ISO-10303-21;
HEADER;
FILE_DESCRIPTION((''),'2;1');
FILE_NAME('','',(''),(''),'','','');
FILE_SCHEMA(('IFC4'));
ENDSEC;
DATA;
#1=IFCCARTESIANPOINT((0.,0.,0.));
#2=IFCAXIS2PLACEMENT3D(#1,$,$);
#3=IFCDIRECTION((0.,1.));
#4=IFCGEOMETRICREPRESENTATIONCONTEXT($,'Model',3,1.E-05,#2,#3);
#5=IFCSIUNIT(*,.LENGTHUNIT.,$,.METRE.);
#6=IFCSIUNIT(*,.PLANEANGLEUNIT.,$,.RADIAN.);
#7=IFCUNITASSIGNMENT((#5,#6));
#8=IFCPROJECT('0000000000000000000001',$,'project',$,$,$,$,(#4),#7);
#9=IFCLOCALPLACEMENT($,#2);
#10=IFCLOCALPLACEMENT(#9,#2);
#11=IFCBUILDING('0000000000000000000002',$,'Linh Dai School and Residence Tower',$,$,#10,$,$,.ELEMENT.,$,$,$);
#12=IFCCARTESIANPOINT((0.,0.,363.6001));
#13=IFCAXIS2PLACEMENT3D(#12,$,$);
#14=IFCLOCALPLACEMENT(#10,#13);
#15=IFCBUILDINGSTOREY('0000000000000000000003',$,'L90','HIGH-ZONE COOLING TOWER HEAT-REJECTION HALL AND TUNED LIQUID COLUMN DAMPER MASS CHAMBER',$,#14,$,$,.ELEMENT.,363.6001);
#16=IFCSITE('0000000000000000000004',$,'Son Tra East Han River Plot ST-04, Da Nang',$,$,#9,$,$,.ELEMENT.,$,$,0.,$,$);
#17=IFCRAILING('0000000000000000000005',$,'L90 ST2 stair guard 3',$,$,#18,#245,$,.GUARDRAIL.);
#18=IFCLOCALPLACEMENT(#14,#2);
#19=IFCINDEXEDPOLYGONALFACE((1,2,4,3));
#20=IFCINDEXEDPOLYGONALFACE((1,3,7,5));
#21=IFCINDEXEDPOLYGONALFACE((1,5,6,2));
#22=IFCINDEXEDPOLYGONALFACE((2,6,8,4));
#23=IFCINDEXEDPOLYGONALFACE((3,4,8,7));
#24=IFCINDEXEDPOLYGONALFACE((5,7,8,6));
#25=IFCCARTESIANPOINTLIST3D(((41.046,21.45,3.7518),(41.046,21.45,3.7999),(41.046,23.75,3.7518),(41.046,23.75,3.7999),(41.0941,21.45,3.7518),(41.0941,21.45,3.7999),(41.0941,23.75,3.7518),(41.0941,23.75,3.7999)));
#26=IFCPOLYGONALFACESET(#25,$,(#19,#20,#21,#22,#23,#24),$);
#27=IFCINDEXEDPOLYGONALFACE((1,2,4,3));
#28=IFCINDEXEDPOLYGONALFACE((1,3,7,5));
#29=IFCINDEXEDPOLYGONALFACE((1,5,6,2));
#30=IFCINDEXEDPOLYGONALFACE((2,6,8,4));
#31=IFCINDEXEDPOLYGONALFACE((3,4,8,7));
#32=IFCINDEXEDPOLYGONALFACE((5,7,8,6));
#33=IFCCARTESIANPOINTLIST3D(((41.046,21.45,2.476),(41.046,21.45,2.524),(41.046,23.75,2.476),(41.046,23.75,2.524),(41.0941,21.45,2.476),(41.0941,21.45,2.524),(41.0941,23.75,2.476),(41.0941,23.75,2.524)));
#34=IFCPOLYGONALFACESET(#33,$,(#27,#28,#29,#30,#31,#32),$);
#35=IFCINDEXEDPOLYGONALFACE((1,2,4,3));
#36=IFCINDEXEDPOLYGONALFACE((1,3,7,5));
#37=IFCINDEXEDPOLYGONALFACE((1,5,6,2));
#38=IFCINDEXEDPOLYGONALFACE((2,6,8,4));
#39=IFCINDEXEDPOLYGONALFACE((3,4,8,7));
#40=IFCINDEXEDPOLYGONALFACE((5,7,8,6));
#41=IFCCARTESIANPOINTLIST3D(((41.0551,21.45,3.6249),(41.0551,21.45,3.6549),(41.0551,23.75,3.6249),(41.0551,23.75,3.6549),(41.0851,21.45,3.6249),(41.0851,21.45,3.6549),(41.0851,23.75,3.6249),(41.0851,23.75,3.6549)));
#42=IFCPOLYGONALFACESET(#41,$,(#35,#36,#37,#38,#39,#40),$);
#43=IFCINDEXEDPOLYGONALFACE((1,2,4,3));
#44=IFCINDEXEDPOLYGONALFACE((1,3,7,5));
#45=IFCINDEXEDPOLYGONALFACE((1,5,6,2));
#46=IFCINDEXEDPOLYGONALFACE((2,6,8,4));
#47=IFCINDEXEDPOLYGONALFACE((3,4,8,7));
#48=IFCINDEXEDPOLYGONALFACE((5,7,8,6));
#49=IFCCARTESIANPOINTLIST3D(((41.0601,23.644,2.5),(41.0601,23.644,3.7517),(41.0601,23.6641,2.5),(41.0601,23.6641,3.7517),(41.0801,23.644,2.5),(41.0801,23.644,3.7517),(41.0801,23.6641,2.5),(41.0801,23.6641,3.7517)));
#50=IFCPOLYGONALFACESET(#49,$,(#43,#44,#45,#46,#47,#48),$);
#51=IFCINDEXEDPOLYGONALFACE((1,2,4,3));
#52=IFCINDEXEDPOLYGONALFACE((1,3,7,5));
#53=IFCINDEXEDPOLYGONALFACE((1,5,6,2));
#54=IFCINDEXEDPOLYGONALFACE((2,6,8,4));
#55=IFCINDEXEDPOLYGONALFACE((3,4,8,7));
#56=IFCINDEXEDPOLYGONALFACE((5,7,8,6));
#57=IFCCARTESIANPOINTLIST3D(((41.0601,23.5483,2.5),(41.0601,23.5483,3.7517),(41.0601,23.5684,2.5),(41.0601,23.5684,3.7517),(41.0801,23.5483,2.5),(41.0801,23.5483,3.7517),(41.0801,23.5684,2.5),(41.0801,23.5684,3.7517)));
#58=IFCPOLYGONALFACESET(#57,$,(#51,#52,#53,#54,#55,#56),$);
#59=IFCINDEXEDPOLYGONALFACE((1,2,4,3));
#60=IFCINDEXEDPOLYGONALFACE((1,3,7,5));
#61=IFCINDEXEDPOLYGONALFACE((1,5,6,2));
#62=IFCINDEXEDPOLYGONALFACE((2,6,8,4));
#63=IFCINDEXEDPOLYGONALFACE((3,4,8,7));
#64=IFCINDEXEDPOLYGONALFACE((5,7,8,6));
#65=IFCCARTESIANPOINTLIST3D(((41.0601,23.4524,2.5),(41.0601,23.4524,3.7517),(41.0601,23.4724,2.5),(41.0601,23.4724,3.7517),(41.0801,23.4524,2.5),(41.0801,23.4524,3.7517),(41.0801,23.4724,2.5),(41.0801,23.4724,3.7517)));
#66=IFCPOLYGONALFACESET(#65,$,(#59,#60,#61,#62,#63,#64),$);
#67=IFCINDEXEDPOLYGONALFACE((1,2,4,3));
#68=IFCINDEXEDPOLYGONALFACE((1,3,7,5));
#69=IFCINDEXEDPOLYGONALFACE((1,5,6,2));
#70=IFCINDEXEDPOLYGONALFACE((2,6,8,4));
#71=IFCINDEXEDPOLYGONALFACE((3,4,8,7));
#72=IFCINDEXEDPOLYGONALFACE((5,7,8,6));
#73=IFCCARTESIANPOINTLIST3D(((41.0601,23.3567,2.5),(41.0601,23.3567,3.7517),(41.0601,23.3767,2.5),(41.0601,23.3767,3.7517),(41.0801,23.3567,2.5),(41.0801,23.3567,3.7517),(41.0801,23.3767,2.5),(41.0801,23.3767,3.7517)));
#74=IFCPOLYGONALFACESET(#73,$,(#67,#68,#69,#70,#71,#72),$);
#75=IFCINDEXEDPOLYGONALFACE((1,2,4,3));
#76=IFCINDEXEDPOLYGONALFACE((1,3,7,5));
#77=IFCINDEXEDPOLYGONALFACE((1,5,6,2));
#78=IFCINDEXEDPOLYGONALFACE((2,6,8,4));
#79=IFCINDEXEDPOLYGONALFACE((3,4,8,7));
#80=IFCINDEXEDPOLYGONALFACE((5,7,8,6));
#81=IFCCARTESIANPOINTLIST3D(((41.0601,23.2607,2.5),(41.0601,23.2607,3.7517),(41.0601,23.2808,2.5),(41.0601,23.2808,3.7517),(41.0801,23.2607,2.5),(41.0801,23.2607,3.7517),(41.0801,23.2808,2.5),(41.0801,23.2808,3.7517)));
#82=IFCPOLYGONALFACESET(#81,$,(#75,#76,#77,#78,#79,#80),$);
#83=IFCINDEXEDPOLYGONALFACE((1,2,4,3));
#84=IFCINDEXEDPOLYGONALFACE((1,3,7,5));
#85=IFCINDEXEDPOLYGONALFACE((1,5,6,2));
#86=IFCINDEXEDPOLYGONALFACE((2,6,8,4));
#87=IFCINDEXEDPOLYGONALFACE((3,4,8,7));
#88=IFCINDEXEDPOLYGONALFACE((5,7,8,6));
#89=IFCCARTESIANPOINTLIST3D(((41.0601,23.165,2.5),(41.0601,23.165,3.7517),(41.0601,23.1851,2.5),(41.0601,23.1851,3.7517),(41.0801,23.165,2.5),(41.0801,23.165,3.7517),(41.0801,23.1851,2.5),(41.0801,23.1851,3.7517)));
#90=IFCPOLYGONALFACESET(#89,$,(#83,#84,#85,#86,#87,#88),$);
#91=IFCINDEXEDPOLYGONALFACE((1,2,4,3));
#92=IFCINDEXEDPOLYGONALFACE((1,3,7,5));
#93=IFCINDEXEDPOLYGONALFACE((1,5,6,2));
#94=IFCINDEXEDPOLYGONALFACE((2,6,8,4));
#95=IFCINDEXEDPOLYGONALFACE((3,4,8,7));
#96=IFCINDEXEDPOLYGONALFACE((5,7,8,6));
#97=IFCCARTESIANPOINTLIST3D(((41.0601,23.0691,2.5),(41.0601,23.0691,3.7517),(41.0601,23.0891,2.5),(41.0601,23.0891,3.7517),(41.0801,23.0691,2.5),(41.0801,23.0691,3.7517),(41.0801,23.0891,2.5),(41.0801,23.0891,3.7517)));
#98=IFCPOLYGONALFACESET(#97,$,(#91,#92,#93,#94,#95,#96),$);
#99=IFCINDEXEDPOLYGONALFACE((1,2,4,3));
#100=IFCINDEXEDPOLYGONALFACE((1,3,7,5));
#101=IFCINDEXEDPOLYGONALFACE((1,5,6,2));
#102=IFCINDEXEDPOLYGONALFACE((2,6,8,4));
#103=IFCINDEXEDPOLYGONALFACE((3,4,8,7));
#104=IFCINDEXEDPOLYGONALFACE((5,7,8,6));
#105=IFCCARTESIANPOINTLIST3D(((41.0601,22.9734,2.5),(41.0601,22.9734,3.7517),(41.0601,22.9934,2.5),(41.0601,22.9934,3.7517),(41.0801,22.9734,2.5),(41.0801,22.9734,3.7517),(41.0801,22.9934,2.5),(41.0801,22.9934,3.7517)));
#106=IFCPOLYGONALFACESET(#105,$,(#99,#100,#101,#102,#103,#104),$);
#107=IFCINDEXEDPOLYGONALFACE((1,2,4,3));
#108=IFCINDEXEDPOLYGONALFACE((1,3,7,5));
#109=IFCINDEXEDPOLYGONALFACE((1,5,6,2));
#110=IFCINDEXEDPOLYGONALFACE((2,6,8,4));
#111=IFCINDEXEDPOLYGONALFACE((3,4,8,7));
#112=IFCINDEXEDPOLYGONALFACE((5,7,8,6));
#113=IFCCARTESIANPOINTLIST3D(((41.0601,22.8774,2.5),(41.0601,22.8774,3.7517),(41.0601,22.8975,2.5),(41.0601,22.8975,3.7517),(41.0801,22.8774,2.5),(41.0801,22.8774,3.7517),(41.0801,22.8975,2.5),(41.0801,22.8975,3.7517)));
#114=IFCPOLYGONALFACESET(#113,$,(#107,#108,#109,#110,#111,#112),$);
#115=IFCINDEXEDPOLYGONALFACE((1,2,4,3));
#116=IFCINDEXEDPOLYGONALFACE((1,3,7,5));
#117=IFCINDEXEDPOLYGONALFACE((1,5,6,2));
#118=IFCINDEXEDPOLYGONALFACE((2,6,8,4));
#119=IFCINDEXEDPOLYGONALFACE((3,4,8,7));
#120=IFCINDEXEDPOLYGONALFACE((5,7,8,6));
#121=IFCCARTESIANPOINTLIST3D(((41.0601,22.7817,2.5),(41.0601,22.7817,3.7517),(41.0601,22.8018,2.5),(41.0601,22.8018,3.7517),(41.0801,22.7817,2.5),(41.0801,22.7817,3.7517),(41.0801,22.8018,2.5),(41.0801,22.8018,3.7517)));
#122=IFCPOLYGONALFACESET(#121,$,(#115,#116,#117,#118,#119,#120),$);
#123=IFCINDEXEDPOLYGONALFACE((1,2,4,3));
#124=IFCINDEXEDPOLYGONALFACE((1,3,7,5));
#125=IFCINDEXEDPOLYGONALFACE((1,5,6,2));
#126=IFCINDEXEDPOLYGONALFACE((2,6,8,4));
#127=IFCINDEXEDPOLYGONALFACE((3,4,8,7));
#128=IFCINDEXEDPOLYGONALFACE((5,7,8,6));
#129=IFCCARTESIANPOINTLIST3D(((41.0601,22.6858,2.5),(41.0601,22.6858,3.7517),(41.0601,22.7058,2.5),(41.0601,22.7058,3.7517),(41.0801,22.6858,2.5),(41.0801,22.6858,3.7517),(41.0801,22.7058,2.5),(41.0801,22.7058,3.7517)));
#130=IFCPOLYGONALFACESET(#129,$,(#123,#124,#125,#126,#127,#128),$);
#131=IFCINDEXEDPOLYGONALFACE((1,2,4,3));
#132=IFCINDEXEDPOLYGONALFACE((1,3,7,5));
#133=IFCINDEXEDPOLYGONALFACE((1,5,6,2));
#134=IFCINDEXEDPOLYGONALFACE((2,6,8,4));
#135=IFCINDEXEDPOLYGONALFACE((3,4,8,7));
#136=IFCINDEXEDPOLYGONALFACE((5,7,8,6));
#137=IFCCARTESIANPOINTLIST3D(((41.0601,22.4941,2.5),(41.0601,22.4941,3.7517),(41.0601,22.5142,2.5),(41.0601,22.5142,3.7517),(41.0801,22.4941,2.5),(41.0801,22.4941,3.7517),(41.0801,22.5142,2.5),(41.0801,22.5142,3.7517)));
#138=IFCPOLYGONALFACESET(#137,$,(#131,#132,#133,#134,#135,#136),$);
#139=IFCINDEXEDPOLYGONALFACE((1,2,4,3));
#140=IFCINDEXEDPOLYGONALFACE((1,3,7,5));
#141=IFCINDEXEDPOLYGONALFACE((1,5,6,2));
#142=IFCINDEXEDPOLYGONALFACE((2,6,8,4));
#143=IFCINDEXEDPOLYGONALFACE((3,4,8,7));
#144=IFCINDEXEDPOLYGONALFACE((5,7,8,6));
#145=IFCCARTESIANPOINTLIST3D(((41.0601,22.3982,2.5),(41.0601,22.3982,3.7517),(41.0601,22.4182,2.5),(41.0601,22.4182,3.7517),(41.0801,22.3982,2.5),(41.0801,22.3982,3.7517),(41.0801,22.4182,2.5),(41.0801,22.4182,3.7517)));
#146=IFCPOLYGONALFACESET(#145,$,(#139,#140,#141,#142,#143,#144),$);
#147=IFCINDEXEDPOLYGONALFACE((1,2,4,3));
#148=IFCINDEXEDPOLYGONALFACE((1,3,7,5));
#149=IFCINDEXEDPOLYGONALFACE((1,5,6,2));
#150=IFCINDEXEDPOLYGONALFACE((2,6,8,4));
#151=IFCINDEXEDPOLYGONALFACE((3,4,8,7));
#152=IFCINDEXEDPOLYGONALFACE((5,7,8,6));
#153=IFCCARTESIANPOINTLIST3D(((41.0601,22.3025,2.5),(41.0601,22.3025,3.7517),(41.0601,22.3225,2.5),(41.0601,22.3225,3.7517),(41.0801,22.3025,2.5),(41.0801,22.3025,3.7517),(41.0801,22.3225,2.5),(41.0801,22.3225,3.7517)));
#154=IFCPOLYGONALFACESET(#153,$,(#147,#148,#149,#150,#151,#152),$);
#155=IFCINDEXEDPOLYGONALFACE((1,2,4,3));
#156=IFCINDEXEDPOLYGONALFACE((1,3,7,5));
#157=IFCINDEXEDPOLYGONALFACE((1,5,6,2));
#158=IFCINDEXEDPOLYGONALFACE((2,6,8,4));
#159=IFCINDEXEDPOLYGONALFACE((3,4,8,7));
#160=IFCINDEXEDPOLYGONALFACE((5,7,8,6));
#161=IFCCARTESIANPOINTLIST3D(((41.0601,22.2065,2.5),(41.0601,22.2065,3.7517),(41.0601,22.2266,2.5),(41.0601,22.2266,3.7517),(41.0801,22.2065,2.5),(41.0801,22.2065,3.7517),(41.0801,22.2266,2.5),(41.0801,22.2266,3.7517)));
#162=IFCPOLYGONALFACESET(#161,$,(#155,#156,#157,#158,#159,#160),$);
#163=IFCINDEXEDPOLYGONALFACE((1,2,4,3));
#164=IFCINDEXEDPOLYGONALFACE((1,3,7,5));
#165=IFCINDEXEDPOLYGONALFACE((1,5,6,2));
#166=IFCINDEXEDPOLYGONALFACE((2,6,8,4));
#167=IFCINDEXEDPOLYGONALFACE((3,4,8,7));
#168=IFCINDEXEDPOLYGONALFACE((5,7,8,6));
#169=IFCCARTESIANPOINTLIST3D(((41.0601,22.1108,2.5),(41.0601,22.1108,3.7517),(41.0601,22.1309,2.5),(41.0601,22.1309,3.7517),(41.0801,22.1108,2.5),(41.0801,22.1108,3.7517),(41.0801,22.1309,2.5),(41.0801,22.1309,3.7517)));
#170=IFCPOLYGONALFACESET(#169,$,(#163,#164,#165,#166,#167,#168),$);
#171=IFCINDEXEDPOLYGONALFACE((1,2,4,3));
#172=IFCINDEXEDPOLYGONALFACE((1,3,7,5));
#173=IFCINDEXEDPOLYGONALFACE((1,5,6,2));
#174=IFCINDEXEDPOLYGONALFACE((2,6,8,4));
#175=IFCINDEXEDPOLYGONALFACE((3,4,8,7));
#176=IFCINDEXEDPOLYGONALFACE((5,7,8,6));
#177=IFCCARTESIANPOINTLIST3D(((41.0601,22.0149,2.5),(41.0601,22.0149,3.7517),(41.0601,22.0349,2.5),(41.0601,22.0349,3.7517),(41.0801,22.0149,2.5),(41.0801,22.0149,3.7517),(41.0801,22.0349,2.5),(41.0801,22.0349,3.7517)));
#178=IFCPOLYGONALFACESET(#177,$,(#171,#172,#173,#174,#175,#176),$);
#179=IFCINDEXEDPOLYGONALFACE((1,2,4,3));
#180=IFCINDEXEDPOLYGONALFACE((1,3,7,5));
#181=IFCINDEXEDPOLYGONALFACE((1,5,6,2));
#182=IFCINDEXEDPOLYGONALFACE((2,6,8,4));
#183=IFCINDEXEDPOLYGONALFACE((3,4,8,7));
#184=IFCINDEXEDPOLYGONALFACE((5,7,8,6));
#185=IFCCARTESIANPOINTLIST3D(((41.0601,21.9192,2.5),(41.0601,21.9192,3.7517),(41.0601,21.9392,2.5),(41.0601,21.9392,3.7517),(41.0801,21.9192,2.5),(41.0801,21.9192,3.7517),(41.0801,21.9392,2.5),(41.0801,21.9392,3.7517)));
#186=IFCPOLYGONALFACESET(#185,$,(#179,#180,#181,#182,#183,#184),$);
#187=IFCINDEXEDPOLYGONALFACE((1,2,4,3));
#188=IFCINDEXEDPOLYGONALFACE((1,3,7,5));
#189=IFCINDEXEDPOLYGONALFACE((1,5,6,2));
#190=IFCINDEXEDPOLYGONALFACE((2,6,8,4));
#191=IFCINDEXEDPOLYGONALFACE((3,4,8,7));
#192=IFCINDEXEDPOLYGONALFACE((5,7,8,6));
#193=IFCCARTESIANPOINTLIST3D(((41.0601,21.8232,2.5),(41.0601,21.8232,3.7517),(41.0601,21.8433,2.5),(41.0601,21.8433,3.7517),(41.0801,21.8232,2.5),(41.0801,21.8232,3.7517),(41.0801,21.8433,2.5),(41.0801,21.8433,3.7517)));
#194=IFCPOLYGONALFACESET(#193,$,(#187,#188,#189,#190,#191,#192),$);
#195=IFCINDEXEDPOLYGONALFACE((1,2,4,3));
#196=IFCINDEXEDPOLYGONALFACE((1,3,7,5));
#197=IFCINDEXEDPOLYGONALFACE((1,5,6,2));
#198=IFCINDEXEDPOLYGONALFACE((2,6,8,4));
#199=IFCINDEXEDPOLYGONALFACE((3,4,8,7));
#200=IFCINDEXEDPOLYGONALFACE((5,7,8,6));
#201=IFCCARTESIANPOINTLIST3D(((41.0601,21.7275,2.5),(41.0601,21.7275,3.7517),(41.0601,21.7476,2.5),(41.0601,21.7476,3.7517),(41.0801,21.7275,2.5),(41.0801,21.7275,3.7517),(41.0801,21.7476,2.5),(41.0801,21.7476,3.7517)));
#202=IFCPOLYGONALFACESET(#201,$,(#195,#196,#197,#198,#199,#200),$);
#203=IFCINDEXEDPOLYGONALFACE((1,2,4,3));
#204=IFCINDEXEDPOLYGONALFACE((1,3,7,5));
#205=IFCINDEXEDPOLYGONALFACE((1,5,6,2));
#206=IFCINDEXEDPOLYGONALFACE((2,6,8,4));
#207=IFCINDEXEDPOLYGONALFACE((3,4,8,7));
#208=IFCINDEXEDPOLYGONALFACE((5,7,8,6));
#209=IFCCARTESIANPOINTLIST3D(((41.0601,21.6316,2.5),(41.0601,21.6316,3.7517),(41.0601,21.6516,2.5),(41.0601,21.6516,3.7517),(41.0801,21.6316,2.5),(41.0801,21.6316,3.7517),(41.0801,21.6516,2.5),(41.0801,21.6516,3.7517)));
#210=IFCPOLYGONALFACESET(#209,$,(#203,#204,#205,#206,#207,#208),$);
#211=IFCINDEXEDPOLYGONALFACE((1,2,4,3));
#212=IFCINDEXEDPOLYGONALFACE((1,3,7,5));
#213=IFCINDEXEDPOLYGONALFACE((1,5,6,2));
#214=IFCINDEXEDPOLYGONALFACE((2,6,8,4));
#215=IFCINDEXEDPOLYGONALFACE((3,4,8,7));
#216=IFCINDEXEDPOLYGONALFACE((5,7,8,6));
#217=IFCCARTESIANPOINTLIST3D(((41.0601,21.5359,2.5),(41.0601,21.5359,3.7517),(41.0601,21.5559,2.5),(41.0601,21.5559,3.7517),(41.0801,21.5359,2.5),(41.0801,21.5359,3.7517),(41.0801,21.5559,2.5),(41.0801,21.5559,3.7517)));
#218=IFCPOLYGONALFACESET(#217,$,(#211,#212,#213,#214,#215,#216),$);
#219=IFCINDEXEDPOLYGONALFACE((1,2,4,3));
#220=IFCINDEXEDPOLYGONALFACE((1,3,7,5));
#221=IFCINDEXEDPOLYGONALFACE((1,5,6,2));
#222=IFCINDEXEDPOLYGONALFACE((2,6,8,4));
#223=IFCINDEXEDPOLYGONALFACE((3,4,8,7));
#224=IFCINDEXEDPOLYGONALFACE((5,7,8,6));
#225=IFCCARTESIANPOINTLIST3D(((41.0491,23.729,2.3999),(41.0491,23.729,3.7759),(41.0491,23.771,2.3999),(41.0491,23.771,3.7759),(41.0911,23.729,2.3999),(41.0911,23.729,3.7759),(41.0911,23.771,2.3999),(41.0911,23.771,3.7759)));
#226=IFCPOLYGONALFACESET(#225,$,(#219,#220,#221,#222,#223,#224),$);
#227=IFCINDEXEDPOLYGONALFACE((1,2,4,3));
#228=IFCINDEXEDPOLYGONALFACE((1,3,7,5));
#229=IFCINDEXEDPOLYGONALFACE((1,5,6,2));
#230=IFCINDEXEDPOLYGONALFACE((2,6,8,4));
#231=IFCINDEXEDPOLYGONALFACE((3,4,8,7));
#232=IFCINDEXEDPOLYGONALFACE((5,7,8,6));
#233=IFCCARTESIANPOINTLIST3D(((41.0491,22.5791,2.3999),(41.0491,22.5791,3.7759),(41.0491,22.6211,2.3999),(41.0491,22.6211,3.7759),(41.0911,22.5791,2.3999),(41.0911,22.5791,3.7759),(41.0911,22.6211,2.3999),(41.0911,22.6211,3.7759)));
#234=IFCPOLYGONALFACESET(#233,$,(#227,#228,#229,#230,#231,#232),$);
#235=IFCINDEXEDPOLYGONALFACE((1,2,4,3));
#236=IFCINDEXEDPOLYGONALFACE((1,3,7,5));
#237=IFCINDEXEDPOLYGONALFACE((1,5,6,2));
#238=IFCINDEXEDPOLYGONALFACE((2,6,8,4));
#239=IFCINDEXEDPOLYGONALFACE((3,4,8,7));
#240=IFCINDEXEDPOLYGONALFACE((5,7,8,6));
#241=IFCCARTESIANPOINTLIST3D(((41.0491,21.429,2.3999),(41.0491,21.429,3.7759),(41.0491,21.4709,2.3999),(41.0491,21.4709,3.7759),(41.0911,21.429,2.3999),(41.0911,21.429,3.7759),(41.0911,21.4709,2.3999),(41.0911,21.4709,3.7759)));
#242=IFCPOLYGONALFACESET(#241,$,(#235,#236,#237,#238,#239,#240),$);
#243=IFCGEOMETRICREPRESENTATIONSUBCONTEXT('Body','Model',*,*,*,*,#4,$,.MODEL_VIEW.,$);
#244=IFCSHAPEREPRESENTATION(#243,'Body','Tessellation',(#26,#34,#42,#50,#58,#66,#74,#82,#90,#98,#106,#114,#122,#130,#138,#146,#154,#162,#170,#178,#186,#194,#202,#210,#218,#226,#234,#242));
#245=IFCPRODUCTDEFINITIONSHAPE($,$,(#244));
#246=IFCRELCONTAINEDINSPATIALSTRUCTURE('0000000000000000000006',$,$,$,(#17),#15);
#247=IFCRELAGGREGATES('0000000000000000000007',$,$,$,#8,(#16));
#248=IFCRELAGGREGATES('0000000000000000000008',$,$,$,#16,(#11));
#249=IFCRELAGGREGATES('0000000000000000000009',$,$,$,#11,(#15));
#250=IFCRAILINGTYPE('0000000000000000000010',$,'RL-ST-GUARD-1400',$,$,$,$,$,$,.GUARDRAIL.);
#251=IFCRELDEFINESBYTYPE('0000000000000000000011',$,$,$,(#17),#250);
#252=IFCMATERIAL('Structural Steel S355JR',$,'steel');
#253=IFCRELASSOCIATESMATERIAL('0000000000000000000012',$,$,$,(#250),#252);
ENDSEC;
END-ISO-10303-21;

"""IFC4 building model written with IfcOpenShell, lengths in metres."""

from ifc_helpers import new_model, si_unit, direction, frame, origin, origin_2d, place, context, subcontext, project, spatial, rectangle, extrude, source, transform, mapped, material, type_object, element, save


model = new_model("IFC4")

# Units and contexts
model_context = context("Model", 3, precision=1e-05, world=origin(), true_north=direction((0.0, 1.0)))
body_context = subcontext(model_context, "Body", "Model", "MODEL_VIEW")
ifc_project = project(units=[si_unit("LENGTHUNIT", "METRE"), si_unit("PLANEANGLEUNIT", "RADIAN")], contexts=[model_context])

# Site, building, storey
site_placement = place(None, origin())
site = spatial("IfcSite", under=ifc_project, at=site_placement, Name="Son Tra East Han River Plot ST-04, Da Nang", CompositionType="ELEMENT", RefElevation=0.0)
building_placement = place(site_placement, origin())
building = spatial("IfcBuilding", under=site, at=building_placement, Name="Linh Dai School and Residence Tower", CompositionType="ELEMENT")
storey_placement = place(building_placement, frame((0.0, 0.0, 363.6001)))
storey = spatial("IfcBuildingStorey", under=building, at=storey_placement, Name="L90", Description="HIGH-ZONE COOLING TOWER HEAT-REJECTION HALL AND TUNED LIQUID COLUMN DAMPER MASS CHAMBER", CompositionType="ELEMENT", Elevation=363.6001)

# Shared definitions
ifc_material_1 = material(Name="Structural Steel S355JR", Category="steel")

# Railing
railing_type = type_object("IfcRailingType", Name="RL-ST-GUARD-1400", PredefinedType="GUARDRAIL", material=ifc_material_1)
shared_shape_1 = source(origin(), body_context, "Body", "SweptSolid", [
    extrude(rectangle(XDim=0.0481, YDim=0.0481, at=origin_2d()), frame((0.0, 0.0, 1.376), z_axis=(0.0, -1.0, 0.0), x_axis=(1.0, 0.0, 0.0)), (0.0, 0.0, 1.0), 2.3),
    extrude(rectangle(XDim=0.0481, YDim=0.0481, at=origin_2d()), frame((0.0, 0.0, 0.1001), z_axis=(0.0, -1.0, 0.0), x_axis=(1.0, 0.0, 0.0)), (0.0, 0.0, 1.0), 2.3),
    extrude(rectangle(XDim=0.03, YDim=0.03, at=origin_2d()), frame((0.0, 0.0, 1.24), z_axis=(0.0, -1.0, 0.0), x_axis=(1.0, 0.0, 0.0)), (0.0, 0.0, 1.0), 2.3),
    extrude(rectangle(XDim=0.02, YDim=0.02, at=origin_2d()), frame((0.0, -0.0959, 0.1001)), (0.0, 0.0, 1.0), 1.2517),
    extrude(rectangle(XDim=0.02, YDim=0.02, at=origin_2d()), frame((0.0, -0.1917, 0.1001)), (0.0, 0.0, 1.0), 1.2517),
    extrude(rectangle(XDim=0.02, YDim=0.02, at=origin_2d()), frame((0.0, -0.2876, 0.1001)), (0.0, 0.0, 1.0), 1.2517),
    extrude(rectangle(XDim=0.02, YDim=0.02, at=origin_2d()), frame((0.0, -0.3833, 0.1001)), (0.0, 0.0, 1.0), 1.2517),
    extrude(rectangle(XDim=0.02, YDim=0.02, at=origin_2d()), frame((0.0, -0.4792, 0.1001)), (0.0, 0.0, 1.0), 1.2517),
    extrude(rectangle(XDim=0.02, YDim=0.02, at=origin_2d()), frame((0.0, -0.575, 0.1001)), (0.0, 0.0, 1.0), 1.2517),
    extrude(rectangle(XDim=0.02, YDim=0.02, at=origin_2d()), frame((0.0, -0.6709, 0.1001)), (0.0, 0.0, 1.0), 1.2517),
    extrude(rectangle(XDim=0.02, YDim=0.02, at=origin_2d()), frame((0.0, -0.7666, 0.1001)), (0.0, 0.0, 1.0), 1.2517),
    extrude(rectangle(XDim=0.02, YDim=0.02, at=origin_2d()), frame((0.0, -0.8625, 0.1001)), (0.0, 0.0, 1.0), 1.2517),
    extrude(rectangle(XDim=0.02, YDim=0.02, at=origin_2d()), frame((0.0, -0.9583, 0.1001)), (0.0, 0.0, 1.0), 1.2517),
    extrude(rectangle(XDim=0.02, YDim=0.02, at=origin_2d()), frame((0.0, -1.0542, 0.1001)), (0.0, 0.0, 1.0), 1.2517),
    extrude(rectangle(XDim=0.02, YDim=0.02, at=origin_2d()), frame((0.0, -1.2458, 0.1001)), (0.0, 0.0, 1.0), 1.2517),
    extrude(rectangle(XDim=0.02, YDim=0.02, at=origin_2d()), frame((0.0, -1.3418, 0.1001)), (0.0, 0.0, 1.0), 1.2517),
    extrude(rectangle(XDim=0.02, YDim=0.02, at=origin_2d()), frame((0.0, -1.4375, 0.1001)), (0.0, 0.0, 1.0), 1.2517),
    extrude(rectangle(XDim=0.02, YDim=0.02, at=origin_2d()), frame((0.0, -1.5334, 0.1001)), (0.0, 0.0, 1.0), 1.2517),
    extrude(rectangle(XDim=0.02, YDim=0.02, at=origin_2d()), frame((0.0, -1.6292, 0.1001)), (0.0, 0.0, 1.0), 1.2517),
    extrude(rectangle(XDim=0.02, YDim=0.02, at=origin_2d()), frame((0.0, -1.7251, 0.1001)), (0.0, 0.0, 1.0), 1.2517),
    extrude(rectangle(XDim=0.02, YDim=0.02, at=origin_2d()), frame((0.0, -1.8208, 0.1001)), (0.0, 0.0, 1.0), 1.2517),
    extrude(rectangle(XDim=0.02, YDim=0.02, at=origin_2d()), frame((0.0, -1.9167, 0.1001)), (0.0, 0.0, 1.0), 1.2517),
    extrude(rectangle(XDim=0.02, YDim=0.02, at=origin_2d()), frame((0.0, -2.0125, 0.1001)), (0.0, 0.0, 1.0), 1.2517),
    extrude(rectangle(XDim=0.02, YDim=0.02, at=origin_2d()), frame((0.0, -2.1084, 0.1001)), (0.0, 0.0, 1.0), 1.2517),
    extrude(rectangle(XDim=0.02, YDim=0.02, at=origin_2d()), frame((0.0, -2.2041, 0.1001)), (0.0, 0.0, 1.0), 1.2517),
    extrude(rectangle(XDim=0.042, YDim=0.042, at=origin_2d()), origin(), (0.0, 0.0, 1.0), 1.376),
    extrude(rectangle(XDim=0.042, YDim=0.042, at=origin_2d()), frame((0.0, -1.1499, 0.0)), (0.0, 0.0, 1.0), 1.376),
    extrude(rectangle(XDim=0.042, YDim=0.042, at=origin_2d()), frame((0.0, -2.3, 0.0)), (0.0, 0.0, 1.0), 1.376),
])
railing_1_placement = place(storey_placement, frame((41.0701, 23.75, 2.3999)))
element("IfcRailing", 1, at=railing_1_placement, inside=storey, type_object=railing_type, Name="L90 ST2 stair guard 3", PredefinedType="GUARDRAIL", context=body_context, shape_type="MappedRepresentation", body=[
    mapped(shared_shape_1, transform((0.0, 0.0, 0.0), x_axis=(1.0, 0.0, 0.0), y_axis=(0.0, 1.0, 0.0), z_axis=(0.0, 0.0, 1.0), scale=1.0)),
])

save(model, "model.ifc")
